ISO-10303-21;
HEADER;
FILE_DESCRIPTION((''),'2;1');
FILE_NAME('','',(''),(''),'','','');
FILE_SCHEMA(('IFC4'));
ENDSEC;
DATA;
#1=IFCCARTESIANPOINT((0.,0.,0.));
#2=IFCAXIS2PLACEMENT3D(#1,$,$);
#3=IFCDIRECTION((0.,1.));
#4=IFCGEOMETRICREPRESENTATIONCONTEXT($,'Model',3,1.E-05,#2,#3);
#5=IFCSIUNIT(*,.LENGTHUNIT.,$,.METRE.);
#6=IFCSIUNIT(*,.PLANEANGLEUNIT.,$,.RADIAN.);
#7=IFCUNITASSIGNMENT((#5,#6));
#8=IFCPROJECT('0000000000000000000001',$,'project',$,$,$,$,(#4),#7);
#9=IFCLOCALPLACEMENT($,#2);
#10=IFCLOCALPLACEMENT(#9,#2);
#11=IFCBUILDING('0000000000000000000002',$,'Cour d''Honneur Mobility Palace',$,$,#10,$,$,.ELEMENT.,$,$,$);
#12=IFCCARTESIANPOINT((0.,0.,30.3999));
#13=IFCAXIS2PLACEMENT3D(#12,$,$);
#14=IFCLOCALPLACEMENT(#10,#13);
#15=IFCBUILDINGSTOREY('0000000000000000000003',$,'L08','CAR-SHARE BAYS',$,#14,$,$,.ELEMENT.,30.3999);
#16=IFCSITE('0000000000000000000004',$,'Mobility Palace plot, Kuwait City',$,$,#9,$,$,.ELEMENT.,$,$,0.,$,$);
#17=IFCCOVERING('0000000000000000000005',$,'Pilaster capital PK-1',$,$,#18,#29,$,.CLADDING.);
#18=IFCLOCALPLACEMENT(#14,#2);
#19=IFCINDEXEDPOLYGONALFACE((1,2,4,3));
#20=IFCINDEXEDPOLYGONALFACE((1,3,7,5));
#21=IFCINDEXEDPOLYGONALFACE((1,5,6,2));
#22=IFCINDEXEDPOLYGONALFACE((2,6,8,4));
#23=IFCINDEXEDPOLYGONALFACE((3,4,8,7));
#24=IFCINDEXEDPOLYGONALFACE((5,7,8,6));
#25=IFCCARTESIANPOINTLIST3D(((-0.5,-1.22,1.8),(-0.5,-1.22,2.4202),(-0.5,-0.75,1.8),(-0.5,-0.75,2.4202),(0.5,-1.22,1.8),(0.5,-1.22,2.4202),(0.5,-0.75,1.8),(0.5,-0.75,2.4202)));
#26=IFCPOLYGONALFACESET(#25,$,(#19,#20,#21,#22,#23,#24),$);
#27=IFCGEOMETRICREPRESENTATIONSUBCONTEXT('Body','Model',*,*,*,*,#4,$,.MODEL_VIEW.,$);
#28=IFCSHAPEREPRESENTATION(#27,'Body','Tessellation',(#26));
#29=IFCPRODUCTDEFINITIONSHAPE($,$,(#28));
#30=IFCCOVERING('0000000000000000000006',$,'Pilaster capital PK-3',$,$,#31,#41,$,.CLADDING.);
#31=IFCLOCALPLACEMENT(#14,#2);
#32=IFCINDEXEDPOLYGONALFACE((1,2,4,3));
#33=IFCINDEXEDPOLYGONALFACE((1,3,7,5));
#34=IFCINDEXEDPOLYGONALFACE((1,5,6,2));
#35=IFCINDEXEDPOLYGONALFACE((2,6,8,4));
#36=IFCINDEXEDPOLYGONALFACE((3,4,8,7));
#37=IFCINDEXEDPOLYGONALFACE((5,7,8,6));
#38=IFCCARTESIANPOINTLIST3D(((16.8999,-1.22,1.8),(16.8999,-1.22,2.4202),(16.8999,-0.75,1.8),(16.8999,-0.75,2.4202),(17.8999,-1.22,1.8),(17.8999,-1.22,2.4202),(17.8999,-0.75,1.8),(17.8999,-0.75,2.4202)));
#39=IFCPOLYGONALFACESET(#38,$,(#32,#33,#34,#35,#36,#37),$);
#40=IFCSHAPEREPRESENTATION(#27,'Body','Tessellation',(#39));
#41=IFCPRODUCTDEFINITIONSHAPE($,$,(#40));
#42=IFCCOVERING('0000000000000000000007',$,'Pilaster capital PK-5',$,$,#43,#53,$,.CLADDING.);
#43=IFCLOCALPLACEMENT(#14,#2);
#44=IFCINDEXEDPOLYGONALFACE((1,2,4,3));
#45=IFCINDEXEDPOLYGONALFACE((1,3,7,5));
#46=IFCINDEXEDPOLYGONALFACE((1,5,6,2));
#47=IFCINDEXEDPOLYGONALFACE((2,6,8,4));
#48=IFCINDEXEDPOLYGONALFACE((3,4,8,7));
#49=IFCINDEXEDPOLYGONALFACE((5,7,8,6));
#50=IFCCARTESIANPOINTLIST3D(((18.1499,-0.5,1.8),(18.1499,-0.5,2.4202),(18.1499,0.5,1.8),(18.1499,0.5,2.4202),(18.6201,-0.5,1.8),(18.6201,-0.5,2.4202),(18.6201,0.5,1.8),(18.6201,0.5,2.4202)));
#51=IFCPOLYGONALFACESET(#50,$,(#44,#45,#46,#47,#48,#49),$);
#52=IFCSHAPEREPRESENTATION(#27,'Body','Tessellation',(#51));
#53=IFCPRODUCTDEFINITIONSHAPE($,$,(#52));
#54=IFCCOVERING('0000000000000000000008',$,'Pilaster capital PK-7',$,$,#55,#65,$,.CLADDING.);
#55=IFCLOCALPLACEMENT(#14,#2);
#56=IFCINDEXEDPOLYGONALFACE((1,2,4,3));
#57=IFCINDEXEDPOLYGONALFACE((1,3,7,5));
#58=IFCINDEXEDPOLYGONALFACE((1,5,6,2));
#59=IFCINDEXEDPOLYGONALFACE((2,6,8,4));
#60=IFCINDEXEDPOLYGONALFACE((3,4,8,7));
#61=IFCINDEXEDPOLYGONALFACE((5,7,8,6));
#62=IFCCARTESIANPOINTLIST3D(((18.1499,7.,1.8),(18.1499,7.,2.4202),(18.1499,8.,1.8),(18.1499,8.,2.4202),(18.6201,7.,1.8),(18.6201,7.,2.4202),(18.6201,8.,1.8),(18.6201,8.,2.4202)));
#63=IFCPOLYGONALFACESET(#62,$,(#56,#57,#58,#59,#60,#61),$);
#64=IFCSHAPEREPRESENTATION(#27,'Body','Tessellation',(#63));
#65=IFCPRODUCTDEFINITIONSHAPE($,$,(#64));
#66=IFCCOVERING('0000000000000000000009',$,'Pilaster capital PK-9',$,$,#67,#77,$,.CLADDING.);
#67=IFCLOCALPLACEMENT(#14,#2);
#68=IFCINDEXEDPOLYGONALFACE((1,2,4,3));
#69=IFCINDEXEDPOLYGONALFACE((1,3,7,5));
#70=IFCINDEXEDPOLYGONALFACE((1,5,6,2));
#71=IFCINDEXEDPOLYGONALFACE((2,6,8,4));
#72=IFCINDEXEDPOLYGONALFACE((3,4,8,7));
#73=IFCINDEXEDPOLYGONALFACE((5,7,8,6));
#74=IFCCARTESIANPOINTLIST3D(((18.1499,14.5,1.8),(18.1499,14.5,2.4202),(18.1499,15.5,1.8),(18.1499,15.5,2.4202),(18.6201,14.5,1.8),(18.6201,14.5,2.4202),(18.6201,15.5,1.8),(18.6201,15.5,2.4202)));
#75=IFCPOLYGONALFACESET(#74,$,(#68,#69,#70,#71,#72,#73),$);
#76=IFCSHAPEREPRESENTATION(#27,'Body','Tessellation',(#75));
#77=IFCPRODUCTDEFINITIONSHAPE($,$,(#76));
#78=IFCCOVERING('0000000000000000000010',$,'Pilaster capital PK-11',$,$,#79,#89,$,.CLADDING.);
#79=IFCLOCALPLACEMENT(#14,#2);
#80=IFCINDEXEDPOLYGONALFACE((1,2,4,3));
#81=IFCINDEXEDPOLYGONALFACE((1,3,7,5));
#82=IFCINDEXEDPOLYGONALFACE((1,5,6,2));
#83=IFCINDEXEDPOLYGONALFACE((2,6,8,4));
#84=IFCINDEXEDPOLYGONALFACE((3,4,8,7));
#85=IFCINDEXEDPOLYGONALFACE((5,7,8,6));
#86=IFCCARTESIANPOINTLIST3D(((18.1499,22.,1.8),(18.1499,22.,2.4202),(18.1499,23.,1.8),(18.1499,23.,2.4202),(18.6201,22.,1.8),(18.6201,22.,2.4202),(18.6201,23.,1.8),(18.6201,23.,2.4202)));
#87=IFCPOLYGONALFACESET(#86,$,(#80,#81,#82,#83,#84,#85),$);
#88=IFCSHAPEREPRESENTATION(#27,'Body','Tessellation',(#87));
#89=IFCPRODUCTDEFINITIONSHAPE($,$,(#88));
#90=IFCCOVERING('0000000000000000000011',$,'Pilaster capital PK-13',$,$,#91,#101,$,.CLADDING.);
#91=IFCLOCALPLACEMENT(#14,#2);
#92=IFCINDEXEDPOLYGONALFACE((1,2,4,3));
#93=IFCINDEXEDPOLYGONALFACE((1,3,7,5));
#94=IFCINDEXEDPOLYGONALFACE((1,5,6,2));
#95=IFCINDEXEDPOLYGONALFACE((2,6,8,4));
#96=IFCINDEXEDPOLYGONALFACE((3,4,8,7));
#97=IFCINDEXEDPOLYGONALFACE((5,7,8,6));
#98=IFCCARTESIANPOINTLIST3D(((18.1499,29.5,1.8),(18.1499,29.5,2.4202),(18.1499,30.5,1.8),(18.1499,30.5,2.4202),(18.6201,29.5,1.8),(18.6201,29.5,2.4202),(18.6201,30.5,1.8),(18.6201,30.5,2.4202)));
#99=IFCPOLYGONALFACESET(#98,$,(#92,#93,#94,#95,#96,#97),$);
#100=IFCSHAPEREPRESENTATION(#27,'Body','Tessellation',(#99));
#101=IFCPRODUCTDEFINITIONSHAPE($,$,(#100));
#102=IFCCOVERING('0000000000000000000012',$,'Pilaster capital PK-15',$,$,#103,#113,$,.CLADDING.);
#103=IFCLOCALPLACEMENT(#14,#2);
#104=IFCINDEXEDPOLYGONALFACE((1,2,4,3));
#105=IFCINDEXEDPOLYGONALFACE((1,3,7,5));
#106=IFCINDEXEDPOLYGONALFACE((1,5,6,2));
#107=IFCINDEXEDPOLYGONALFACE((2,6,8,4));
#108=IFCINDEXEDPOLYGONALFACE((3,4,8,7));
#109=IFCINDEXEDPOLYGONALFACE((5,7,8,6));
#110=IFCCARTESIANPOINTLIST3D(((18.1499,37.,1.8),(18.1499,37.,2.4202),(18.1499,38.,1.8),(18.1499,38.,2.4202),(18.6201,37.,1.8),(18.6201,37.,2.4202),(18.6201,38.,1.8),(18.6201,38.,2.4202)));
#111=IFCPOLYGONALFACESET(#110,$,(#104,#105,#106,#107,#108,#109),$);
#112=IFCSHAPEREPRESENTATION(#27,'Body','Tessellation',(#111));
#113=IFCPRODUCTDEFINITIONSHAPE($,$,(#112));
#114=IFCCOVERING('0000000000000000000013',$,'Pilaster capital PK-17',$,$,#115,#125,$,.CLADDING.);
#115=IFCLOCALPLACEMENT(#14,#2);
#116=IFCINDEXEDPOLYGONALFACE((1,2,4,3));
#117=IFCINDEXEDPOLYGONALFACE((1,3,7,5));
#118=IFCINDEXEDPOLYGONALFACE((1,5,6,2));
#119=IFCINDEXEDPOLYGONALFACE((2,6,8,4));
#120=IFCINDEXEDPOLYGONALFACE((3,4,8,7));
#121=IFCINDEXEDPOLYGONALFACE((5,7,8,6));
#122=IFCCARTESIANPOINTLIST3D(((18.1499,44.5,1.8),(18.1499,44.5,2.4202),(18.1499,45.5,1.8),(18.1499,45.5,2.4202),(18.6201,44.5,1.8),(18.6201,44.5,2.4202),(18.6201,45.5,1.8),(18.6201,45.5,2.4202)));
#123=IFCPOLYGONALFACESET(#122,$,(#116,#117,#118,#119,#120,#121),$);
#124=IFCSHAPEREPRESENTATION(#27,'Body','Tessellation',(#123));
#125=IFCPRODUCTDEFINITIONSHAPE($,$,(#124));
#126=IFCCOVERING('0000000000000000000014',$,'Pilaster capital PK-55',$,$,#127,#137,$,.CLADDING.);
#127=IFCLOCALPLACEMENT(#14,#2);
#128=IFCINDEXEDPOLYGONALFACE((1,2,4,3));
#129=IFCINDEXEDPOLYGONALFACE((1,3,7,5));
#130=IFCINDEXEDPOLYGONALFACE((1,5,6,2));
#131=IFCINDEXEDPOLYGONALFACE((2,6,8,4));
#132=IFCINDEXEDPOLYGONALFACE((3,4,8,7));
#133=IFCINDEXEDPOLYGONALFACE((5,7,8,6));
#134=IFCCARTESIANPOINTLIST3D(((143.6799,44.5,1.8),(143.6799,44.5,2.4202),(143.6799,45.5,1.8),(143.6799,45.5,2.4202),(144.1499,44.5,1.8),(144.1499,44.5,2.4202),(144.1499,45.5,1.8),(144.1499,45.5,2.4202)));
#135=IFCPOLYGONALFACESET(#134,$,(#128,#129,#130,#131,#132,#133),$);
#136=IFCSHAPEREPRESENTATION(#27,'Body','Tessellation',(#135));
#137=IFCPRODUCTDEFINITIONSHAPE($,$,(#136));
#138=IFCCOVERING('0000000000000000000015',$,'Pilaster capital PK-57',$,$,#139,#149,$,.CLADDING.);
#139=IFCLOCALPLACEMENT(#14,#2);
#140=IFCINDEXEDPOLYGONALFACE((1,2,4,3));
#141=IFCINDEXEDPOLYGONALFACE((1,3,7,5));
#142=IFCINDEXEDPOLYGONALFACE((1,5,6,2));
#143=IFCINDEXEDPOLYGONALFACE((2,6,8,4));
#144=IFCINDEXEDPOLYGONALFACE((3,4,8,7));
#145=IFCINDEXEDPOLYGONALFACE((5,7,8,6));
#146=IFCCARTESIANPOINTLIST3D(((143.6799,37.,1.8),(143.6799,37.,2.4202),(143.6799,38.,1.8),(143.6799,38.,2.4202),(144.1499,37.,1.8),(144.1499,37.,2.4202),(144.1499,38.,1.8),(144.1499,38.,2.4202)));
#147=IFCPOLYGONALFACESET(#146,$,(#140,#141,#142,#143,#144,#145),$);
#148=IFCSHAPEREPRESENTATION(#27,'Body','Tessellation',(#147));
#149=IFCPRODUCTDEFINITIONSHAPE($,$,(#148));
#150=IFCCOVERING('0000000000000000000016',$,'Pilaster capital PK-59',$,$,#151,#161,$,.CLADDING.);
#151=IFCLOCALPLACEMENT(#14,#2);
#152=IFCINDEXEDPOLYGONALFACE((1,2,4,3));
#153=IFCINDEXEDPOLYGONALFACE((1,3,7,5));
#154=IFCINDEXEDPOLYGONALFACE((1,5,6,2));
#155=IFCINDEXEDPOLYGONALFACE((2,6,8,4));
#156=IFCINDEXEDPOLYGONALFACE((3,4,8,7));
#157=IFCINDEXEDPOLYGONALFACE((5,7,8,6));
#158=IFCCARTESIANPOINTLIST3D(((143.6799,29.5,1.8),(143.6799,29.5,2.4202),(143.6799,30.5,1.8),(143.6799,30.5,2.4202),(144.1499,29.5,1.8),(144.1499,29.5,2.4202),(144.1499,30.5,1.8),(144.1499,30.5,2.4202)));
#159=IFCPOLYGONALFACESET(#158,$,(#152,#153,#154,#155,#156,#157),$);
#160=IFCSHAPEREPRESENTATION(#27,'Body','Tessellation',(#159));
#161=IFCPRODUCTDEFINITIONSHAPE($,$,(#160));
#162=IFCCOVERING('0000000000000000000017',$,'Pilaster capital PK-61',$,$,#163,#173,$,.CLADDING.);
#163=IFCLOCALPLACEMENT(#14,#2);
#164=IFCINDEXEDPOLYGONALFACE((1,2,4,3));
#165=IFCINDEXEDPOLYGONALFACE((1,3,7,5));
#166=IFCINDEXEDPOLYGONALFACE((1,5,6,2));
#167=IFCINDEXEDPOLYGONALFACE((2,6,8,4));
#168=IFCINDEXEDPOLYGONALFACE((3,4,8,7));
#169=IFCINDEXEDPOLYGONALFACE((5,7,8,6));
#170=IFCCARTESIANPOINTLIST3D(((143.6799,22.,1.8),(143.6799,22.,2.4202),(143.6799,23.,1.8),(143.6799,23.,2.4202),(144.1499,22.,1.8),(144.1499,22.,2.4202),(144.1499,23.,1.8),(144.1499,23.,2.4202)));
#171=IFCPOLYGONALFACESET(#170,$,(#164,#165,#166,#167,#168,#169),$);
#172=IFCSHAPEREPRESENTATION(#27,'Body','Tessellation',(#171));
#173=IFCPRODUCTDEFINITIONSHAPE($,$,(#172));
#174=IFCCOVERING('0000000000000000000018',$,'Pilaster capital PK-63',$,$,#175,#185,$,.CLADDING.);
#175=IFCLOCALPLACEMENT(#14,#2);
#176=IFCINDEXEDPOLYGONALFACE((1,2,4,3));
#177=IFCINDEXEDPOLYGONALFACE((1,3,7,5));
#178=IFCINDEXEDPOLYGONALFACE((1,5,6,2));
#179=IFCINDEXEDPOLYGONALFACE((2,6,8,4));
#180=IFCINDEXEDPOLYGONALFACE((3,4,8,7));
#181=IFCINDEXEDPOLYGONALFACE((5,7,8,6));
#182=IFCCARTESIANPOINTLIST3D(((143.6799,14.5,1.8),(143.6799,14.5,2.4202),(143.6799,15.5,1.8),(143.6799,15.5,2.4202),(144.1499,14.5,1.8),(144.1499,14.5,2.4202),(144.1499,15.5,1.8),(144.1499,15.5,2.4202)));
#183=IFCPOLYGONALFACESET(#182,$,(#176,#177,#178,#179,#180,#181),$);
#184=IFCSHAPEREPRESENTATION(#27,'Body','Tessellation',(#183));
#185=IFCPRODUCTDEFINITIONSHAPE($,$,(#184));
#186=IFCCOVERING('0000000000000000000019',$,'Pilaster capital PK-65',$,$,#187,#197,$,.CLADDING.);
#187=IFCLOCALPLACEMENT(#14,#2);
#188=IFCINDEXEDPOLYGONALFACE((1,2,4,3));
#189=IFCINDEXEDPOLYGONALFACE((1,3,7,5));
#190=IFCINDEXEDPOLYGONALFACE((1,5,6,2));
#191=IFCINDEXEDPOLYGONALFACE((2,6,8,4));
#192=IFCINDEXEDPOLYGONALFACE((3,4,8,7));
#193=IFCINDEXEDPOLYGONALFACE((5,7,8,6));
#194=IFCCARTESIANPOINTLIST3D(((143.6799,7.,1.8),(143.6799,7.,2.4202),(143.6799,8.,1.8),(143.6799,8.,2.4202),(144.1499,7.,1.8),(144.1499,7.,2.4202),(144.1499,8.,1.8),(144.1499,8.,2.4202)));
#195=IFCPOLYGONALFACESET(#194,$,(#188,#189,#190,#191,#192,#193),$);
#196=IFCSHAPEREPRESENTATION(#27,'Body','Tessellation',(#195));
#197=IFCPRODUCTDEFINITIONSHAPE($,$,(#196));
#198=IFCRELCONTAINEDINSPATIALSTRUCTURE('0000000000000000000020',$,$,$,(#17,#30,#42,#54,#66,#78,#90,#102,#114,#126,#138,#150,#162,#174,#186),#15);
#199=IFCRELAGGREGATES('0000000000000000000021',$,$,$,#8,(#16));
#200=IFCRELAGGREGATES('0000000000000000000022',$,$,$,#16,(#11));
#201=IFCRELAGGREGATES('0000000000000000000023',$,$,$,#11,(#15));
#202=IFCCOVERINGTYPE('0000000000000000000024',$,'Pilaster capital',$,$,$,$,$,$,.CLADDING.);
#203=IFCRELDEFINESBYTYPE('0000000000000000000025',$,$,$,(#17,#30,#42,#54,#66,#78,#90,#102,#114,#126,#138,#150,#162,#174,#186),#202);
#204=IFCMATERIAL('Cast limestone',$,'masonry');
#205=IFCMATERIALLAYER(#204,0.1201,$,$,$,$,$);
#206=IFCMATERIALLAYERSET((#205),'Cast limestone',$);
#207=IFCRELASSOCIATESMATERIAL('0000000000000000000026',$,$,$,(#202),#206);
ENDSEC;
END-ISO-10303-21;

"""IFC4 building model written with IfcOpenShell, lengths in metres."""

from ifc_helpers import new_model, si_unit, direction, frame, origin, place, context, subcontext, project, spatial, polyline, outline, extrude, material, layer, layer_set, type_object, element, save


model = new_model("IFC4")

# Units and contexts
model_context = context("Model", 3, precision=1e-05, world=origin(), true_north=direction((0.0, 1.0)))
body_context = subcontext(model_context, "Body", "Model", "MODEL_VIEW")
ifc_project = project(units=[si_unit("LENGTHUNIT", "METRE"), si_unit("PLANEANGLEUNIT", "RADIAN")], contexts=[model_context])

# Site, building, storey
site_placement = place(None, origin())
site = spatial("IfcSite", under=ifc_project, at=site_placement, Name="Mobility Palace plot, Kuwait City", CompositionType="ELEMENT", RefElevation=0.0)
building_placement = place(site_placement, origin())
building = spatial("IfcBuilding", under=site, at=building_placement, Name="Cour d'Honneur Mobility Palace", CompositionType="ELEMENT")
storey_placement = place(building_placement, frame((0.0, 0.0, 30.3999)))
storey = spatial("IfcBuildingStorey", under=building, at=storey_placement, Name="L08", Description="CAR-SHARE BAYS", CompositionType="ELEMENT", Elevation=30.3999)

# Coverings
ifc_material_1 = material(Name="Cast limestone", Category="masonry")
ifc_layer_1 = layer(ifc_material_1, 0.1201)
ifc_layer_set_1 = layer_set([ifc_layer_1], Name="Cast limestone")
covering_type_1 = type_object("IfcCoveringType", Name="Pilaster capital", PredefinedType="CLADDING", material=ifc_layer_set_1)
covering_1_placement = place(storey_placement, frame((0.0, 0.0, 1.8)))
element("IfcCovering", 1, at=covering_1_placement, inside=storey, type_object=covering_type_1, Name="Pilaster capital PK-1", PredefinedType="CLADDING", context=body_context, shape_type="SweptSolid", body=[
    extrude(outline(polyline([(-0.5, -0.75), (0.5, -0.75), (0.5, -1.22), (-0.5, -1.22), (-0.5, -0.75)])), origin(), (0.0, 0.0, 1.0), 0.6201),
])
covering_2_placement = place(storey_placement, frame((0.0, 0.0, 1.8)))
element("IfcCovering", 2, at=covering_2_placement, inside=storey, type_object=covering_type_1, Name="Pilaster capital PK-3", PredefinedType="CLADDING", context=body_context, shape_type="SweptSolid", body=[
    extrude(outline(polyline([(16.8999, -0.75), (17.8999, -0.75), (17.8999, -1.22), (16.8999, -1.22), (16.8999, -0.75)])), origin(), (0.0, 0.0, 1.0), 0.6201),
])
covering_3_placement = place(storey_placement, frame((0.0, 0.0, 1.8)))
element("IfcCovering", 3, at=covering_3_placement, inside=storey, type_object=covering_type_1, Name="Pilaster capital PK-5", PredefinedType="CLADDING", context=body_context, shape_type="SweptSolid", body=[
    extrude(outline(polyline([(18.1499, -0.5), (18.1499, 0.5), (18.6201, 0.5), (18.6201, -0.5), (18.1499, -0.5)])), origin(), (0.0, 0.0, 1.0), 0.6201),
])
covering_4_placement = place(storey_placement, frame((0.0, 0.0, 1.8)))
element("IfcCovering", 4, at=covering_4_placement, inside=storey, type_object=covering_type_1, Name="Pilaster capital PK-7", PredefinedType="CLADDING", context=body_context, shape_type="SweptSolid", body=[
    extrude(outline(polyline([(18.1499, 7.0), (18.1499, 8.0), (18.6201, 8.0), (18.6201, 7.0), (18.1499, 7.0)])), origin(), (0.0, 0.0, 1.0), 0.6201),
])
covering_5_placement = place(storey_placement, frame((0.0, 0.0, 1.8)))
element("IfcCovering", 5, at=covering_5_placement, inside=storey, type_object=covering_type_1, Name="Pilaster capital PK-9", PredefinedType="CLADDING", context=body_context, shape_type="SweptSolid", body=[
    extrude(outline(polyline([(18.1499, 14.5), (18.1499, 15.5), (18.6201, 15.5), (18.6201, 14.5), (18.1499, 14.5)])), origin(), (0.0, 0.0, 1.0), 0.6201),
])
covering_6_placement = place(storey_placement, frame((0.0, 0.0, 1.8)))
element("IfcCovering", 6, at=covering_6_placement, inside=storey, type_object=covering_type_1, Name="Pilaster capital PK-11", PredefinedType="CLADDING", context=body_context, shape_type="SweptSolid", body=[
    extrude(outline(polyline([(18.1499, 22.0), (18.1499, 23.0), (18.6201, 23.0), (18.6201, 22.0), (18.1499, 22.0)])), origin(), (0.0, 0.0, 1.0), 0.6201),
])
covering_7_placement = place(storey_placement, frame((0.0, 0.0, 1.8)))
element("IfcCovering", 7, at=covering_7_placement, inside=storey, type_object=covering_type_1, Name="Pilaster capital PK-13", PredefinedType="CLADDING", context=body_context, shape_type="SweptSolid", body=[
    extrude(outline(polyline([(18.1499, 29.5), (18.1499, 30.5), (18.6201, 30.5), (18.6201, 29.5), (18.1499, 29.5)])), origin(), (0.0, 0.0, 1.0), 0.6201),
])
covering_8_placement = place(storey_placement, frame((0.0, 0.0, 1.8)))
element("IfcCovering", 8, at=covering_8_placement, inside=storey, type_object=covering_type_1, Name="Pilaster capital PK-15", PredefinedType="CLADDING", context=body_context, shape_type="SweptSolid", body=[
    extrude(outline(polyline([(18.1499, 37.0), (18.1499, 38.0), (18.6201, 38.0), (18.6201, 37.0), (18.1499, 37.0)])), origin(), (0.0, 0.0, 1.0), 0.6201),
])
covering_9_placement = place(storey_placement, frame((0.0, 0.0, 1.8)))
element("IfcCovering", 9, at=covering_9_placement, inside=storey, type_object=covering_type_1, Name="Pilaster capital PK-17", PredefinedType="CLADDING", context=body_context, shape_type="SweptSolid", body=[
    extrude(outline(polyline([(18.1499, 44.5), (18.1499, 45.5), (18.6201, 45.5), (18.6201, 44.5), (18.1499, 44.5)])), origin(), (0.0, 0.0, 1.0), 0.6201),
])
covering_10_placement = place(storey_placement, frame((0.0, 0.0, 1.8)))
element("IfcCovering", 10, at=covering_10_placement, inside=storey, type_object=covering_type_1, Name="Pilaster capital PK-55", PredefinedType="CLADDING", context=body_context, shape_type="SweptSolid", body=[
    extrude(outline(polyline([(144.1499, 45.5), (144.1499, 44.5), (143.6799, 44.5), (143.6799, 45.5), (144.1499, 45.5)])), origin(), (0.0, 0.0, 1.0), 0.6201),
])
covering_11_placement = place(storey_placement, frame((0.0, 0.0, 1.8)))
element("IfcCovering", 11, at=covering_11_placement, inside=storey, type_object=covering_type_1, Name="Pilaster capital PK-57", PredefinedType="CLADDING", context=body_context, shape_type="SweptSolid", body=[
    extrude(outline(polyline([(144.1499, 38.0), (144.1499, 37.0), (143.6799, 37.0), (143.6799, 38.0), (144.1499, 38.0)])), origin(), (0.0, 0.0, 1.0), 0.6201),
])
covering_12_placement = place(storey_placement, frame((0.0, 0.0, 1.8)))
element("IfcCovering", 12, at=covering_12_placement, inside=storey, type_object=covering_type_1, Name="Pilaster capital PK-59", PredefinedType="CLADDING", context=body_context, shape_type="SweptSolid", body=[
    extrude(outline(polyline([(144.1499, 30.5), (144.1499, 29.5), (143.6799, 29.5), (143.6799, 30.5), (144.1499, 30.5)])), origin(), (0.0, 0.0, 1.0), 0.6201),
])
covering_13_placement = place(storey_placement, frame((0.0, 0.0, 1.8)))
element("IfcCovering", 13, at=covering_13_placement, inside=storey, type_object=covering_type_1, Name="Pilaster capital PK-61", PredefinedType="CLADDING", context=body_context, shape_type="SweptSolid", body=[
    extrude(outline(polyline([(144.1499, 23.0), (144.1499, 22.0), (143.6799, 22.0), (143.6799, 23.0), (144.1499, 23.0)])), origin(), (0.0, 0.0, 1.0), 0.6201),
])
covering_14_placement = place(storey_placement, frame((0.0, 0.0, 1.8)))
element("IfcCovering", 14, at=covering_14_placement, inside=storey, type_object=covering_type_1, Name="Pilaster capital PK-63", PredefinedType="CLADDING", context=body_context, shape_type="SweptSolid", body=[
    extrude(outline(polyline([(144.1499, 15.5), (144.1499, 14.5), (143.6799, 14.5), (143.6799, 15.5), (144.1499, 15.5)])), origin(), (0.0, 0.0, 1.0), 0.6201),
])
covering_15_placement = place(storey_placement, frame((0.0, 0.0, 1.8)))
element("IfcCovering", 15, at=covering_15_placement, inside=storey, type_object=covering_type_1, Name="Pilaster capital PK-65", PredefinedType="CLADDING", context=body_context, shape_type="SweptSolid", body=[
    extrude(outline(polyline([(144.1499, 8.0), (144.1499, 7.0), (143.6799, 7.0), (143.6799, 8.0), (144.1499, 8.0)])), origin(), (0.0, 0.0, 1.0), 0.6201),
])

save(model, "model.ifc")
